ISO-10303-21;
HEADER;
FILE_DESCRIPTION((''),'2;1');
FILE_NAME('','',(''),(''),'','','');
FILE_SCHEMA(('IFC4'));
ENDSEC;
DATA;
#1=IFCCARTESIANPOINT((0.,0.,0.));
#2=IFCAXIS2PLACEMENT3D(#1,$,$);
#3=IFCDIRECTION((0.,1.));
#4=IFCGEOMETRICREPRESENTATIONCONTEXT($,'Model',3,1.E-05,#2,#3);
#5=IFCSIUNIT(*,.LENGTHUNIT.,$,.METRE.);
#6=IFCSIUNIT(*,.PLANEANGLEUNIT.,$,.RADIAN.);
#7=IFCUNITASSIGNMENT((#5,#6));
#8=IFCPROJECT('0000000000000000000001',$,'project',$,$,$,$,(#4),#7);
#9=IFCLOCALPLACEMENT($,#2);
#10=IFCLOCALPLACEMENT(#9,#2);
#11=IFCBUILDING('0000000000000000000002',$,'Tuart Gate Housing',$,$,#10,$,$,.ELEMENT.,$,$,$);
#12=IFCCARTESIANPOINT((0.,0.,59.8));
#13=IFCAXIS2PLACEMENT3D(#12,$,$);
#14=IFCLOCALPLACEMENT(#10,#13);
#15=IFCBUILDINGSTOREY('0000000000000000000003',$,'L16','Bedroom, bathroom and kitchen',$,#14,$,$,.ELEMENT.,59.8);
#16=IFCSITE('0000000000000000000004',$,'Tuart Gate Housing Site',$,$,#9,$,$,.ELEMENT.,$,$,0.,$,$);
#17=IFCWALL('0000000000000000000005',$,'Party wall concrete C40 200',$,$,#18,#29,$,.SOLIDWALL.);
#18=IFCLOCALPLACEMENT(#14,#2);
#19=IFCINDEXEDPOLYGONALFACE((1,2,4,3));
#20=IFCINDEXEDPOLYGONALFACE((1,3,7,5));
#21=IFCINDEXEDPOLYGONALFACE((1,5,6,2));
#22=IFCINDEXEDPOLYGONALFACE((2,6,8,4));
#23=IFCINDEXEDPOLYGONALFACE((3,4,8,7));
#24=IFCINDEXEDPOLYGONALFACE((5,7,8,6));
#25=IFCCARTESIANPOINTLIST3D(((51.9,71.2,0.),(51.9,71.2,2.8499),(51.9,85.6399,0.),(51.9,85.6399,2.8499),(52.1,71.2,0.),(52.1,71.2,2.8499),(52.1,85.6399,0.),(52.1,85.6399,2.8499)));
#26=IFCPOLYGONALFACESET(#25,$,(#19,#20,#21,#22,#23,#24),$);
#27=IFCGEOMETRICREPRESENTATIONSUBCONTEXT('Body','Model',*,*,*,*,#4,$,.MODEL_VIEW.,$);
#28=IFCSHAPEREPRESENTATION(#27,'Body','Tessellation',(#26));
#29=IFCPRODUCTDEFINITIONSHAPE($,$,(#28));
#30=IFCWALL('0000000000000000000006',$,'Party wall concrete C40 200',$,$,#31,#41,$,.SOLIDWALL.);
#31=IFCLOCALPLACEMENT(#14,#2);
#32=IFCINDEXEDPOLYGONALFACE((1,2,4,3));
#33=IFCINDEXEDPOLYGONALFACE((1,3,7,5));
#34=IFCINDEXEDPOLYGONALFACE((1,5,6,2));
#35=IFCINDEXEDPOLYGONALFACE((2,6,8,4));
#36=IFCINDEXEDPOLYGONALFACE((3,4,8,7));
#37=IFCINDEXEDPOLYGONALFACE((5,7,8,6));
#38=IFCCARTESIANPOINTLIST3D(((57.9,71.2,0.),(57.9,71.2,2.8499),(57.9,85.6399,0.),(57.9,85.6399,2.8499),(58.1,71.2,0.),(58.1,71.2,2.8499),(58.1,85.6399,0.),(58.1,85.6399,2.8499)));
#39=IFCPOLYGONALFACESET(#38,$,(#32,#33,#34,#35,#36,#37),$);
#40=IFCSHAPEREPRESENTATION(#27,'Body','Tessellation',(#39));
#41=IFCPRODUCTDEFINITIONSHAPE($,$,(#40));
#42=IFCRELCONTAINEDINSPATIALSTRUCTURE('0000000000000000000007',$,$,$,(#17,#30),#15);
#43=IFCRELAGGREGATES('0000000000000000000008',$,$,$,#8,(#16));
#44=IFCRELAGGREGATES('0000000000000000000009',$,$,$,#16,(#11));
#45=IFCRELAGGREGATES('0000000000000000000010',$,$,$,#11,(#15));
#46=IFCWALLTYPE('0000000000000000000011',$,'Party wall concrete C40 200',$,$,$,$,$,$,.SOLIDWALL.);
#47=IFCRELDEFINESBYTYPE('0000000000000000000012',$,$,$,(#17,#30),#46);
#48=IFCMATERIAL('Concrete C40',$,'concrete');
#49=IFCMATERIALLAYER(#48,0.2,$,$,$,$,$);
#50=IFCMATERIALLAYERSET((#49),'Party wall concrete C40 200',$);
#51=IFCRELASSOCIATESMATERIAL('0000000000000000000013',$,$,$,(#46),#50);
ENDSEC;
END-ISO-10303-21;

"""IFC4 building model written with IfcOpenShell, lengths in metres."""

from ifc_helpers import new_model, si_unit, direction, frame, frame_2d, origin, place, context, subcontext, project, spatial, rectangle, extrude, material, layer, layer_set, type_object, element, save


model = new_model("IFC4")

# Units and contexts
model_context = context("Model", 3, precision=1e-05, world=origin(), true_north=direction((0.0, 1.0)))
body_context = subcontext(model_context, "Body", "Model", "MODEL_VIEW")
ifc_project = project(units=[si_unit("LENGTHUNIT", "METRE"), si_unit("PLANEANGLEUNIT", "RADIAN")], contexts=[model_context])

# Site, building, storey
site_placement = place(None, origin())
site = spatial("IfcSite", under=ifc_project, at=site_placement, Name="Tuart Gate Housing Site", CompositionType="ELEMENT", RefElevation=0.0)
building_placement = place(site_placement, origin())
building = spatial("IfcBuilding", under=site, at=building_placement, Name="Tuart Gate Housing", CompositionType="ELEMENT")
storey_placement = place(building_placement, frame((0.0, 0.0, 59.8)))
storey = spatial("IfcBuildingStorey", under=building, at=storey_placement, Name="L16", Description="Bedroom, bathroom and kitchen", CompositionType="ELEMENT", Elevation=59.8)

# Walls
ifc_material_1 = material(Name="Concrete C40", Category="concrete")
ifc_layer_1 = layer(ifc_material_1, 0.2)
ifc_layer_set_1 = layer_set([ifc_layer_1], Name="Party wall concrete C40 200")
wall_type_1 = type_object("IfcWallType", Name="Party wall concrete C40 200", PredefinedType="SOLIDWALL", material=ifc_layer_set_1)
for number, where, z_axis, x_axis, name in (
    (1, (52.0, 71.2, 0.0), (0.0, 0.0, 1.0), (0.0, 1.0, 0.0), "Party wall concrete C40 200"),
    (2, (58.0, 71.2, 0.0), (0.0, 0.0, 1.0), (0.0, 1.0, 0.0), "Party wall concrete C40 200"),
):
    element("IfcWall", number, at=place(storey_placement, frame(where, z_axis=z_axis, x_axis=x_axis)), inside=storey, type_object=wall_type_1, Name=name, PredefinedType="SOLIDWALL", context=body_context, shape_type="SweptSolid", body=[
        extrude(rectangle(XDim=14.4399, YDim=0.2, at=frame_2d((7.22, 0.0))), origin(), (0.0, 0.0, 1.0), 2.8499),
    ])

save(model, "model.ifc")
